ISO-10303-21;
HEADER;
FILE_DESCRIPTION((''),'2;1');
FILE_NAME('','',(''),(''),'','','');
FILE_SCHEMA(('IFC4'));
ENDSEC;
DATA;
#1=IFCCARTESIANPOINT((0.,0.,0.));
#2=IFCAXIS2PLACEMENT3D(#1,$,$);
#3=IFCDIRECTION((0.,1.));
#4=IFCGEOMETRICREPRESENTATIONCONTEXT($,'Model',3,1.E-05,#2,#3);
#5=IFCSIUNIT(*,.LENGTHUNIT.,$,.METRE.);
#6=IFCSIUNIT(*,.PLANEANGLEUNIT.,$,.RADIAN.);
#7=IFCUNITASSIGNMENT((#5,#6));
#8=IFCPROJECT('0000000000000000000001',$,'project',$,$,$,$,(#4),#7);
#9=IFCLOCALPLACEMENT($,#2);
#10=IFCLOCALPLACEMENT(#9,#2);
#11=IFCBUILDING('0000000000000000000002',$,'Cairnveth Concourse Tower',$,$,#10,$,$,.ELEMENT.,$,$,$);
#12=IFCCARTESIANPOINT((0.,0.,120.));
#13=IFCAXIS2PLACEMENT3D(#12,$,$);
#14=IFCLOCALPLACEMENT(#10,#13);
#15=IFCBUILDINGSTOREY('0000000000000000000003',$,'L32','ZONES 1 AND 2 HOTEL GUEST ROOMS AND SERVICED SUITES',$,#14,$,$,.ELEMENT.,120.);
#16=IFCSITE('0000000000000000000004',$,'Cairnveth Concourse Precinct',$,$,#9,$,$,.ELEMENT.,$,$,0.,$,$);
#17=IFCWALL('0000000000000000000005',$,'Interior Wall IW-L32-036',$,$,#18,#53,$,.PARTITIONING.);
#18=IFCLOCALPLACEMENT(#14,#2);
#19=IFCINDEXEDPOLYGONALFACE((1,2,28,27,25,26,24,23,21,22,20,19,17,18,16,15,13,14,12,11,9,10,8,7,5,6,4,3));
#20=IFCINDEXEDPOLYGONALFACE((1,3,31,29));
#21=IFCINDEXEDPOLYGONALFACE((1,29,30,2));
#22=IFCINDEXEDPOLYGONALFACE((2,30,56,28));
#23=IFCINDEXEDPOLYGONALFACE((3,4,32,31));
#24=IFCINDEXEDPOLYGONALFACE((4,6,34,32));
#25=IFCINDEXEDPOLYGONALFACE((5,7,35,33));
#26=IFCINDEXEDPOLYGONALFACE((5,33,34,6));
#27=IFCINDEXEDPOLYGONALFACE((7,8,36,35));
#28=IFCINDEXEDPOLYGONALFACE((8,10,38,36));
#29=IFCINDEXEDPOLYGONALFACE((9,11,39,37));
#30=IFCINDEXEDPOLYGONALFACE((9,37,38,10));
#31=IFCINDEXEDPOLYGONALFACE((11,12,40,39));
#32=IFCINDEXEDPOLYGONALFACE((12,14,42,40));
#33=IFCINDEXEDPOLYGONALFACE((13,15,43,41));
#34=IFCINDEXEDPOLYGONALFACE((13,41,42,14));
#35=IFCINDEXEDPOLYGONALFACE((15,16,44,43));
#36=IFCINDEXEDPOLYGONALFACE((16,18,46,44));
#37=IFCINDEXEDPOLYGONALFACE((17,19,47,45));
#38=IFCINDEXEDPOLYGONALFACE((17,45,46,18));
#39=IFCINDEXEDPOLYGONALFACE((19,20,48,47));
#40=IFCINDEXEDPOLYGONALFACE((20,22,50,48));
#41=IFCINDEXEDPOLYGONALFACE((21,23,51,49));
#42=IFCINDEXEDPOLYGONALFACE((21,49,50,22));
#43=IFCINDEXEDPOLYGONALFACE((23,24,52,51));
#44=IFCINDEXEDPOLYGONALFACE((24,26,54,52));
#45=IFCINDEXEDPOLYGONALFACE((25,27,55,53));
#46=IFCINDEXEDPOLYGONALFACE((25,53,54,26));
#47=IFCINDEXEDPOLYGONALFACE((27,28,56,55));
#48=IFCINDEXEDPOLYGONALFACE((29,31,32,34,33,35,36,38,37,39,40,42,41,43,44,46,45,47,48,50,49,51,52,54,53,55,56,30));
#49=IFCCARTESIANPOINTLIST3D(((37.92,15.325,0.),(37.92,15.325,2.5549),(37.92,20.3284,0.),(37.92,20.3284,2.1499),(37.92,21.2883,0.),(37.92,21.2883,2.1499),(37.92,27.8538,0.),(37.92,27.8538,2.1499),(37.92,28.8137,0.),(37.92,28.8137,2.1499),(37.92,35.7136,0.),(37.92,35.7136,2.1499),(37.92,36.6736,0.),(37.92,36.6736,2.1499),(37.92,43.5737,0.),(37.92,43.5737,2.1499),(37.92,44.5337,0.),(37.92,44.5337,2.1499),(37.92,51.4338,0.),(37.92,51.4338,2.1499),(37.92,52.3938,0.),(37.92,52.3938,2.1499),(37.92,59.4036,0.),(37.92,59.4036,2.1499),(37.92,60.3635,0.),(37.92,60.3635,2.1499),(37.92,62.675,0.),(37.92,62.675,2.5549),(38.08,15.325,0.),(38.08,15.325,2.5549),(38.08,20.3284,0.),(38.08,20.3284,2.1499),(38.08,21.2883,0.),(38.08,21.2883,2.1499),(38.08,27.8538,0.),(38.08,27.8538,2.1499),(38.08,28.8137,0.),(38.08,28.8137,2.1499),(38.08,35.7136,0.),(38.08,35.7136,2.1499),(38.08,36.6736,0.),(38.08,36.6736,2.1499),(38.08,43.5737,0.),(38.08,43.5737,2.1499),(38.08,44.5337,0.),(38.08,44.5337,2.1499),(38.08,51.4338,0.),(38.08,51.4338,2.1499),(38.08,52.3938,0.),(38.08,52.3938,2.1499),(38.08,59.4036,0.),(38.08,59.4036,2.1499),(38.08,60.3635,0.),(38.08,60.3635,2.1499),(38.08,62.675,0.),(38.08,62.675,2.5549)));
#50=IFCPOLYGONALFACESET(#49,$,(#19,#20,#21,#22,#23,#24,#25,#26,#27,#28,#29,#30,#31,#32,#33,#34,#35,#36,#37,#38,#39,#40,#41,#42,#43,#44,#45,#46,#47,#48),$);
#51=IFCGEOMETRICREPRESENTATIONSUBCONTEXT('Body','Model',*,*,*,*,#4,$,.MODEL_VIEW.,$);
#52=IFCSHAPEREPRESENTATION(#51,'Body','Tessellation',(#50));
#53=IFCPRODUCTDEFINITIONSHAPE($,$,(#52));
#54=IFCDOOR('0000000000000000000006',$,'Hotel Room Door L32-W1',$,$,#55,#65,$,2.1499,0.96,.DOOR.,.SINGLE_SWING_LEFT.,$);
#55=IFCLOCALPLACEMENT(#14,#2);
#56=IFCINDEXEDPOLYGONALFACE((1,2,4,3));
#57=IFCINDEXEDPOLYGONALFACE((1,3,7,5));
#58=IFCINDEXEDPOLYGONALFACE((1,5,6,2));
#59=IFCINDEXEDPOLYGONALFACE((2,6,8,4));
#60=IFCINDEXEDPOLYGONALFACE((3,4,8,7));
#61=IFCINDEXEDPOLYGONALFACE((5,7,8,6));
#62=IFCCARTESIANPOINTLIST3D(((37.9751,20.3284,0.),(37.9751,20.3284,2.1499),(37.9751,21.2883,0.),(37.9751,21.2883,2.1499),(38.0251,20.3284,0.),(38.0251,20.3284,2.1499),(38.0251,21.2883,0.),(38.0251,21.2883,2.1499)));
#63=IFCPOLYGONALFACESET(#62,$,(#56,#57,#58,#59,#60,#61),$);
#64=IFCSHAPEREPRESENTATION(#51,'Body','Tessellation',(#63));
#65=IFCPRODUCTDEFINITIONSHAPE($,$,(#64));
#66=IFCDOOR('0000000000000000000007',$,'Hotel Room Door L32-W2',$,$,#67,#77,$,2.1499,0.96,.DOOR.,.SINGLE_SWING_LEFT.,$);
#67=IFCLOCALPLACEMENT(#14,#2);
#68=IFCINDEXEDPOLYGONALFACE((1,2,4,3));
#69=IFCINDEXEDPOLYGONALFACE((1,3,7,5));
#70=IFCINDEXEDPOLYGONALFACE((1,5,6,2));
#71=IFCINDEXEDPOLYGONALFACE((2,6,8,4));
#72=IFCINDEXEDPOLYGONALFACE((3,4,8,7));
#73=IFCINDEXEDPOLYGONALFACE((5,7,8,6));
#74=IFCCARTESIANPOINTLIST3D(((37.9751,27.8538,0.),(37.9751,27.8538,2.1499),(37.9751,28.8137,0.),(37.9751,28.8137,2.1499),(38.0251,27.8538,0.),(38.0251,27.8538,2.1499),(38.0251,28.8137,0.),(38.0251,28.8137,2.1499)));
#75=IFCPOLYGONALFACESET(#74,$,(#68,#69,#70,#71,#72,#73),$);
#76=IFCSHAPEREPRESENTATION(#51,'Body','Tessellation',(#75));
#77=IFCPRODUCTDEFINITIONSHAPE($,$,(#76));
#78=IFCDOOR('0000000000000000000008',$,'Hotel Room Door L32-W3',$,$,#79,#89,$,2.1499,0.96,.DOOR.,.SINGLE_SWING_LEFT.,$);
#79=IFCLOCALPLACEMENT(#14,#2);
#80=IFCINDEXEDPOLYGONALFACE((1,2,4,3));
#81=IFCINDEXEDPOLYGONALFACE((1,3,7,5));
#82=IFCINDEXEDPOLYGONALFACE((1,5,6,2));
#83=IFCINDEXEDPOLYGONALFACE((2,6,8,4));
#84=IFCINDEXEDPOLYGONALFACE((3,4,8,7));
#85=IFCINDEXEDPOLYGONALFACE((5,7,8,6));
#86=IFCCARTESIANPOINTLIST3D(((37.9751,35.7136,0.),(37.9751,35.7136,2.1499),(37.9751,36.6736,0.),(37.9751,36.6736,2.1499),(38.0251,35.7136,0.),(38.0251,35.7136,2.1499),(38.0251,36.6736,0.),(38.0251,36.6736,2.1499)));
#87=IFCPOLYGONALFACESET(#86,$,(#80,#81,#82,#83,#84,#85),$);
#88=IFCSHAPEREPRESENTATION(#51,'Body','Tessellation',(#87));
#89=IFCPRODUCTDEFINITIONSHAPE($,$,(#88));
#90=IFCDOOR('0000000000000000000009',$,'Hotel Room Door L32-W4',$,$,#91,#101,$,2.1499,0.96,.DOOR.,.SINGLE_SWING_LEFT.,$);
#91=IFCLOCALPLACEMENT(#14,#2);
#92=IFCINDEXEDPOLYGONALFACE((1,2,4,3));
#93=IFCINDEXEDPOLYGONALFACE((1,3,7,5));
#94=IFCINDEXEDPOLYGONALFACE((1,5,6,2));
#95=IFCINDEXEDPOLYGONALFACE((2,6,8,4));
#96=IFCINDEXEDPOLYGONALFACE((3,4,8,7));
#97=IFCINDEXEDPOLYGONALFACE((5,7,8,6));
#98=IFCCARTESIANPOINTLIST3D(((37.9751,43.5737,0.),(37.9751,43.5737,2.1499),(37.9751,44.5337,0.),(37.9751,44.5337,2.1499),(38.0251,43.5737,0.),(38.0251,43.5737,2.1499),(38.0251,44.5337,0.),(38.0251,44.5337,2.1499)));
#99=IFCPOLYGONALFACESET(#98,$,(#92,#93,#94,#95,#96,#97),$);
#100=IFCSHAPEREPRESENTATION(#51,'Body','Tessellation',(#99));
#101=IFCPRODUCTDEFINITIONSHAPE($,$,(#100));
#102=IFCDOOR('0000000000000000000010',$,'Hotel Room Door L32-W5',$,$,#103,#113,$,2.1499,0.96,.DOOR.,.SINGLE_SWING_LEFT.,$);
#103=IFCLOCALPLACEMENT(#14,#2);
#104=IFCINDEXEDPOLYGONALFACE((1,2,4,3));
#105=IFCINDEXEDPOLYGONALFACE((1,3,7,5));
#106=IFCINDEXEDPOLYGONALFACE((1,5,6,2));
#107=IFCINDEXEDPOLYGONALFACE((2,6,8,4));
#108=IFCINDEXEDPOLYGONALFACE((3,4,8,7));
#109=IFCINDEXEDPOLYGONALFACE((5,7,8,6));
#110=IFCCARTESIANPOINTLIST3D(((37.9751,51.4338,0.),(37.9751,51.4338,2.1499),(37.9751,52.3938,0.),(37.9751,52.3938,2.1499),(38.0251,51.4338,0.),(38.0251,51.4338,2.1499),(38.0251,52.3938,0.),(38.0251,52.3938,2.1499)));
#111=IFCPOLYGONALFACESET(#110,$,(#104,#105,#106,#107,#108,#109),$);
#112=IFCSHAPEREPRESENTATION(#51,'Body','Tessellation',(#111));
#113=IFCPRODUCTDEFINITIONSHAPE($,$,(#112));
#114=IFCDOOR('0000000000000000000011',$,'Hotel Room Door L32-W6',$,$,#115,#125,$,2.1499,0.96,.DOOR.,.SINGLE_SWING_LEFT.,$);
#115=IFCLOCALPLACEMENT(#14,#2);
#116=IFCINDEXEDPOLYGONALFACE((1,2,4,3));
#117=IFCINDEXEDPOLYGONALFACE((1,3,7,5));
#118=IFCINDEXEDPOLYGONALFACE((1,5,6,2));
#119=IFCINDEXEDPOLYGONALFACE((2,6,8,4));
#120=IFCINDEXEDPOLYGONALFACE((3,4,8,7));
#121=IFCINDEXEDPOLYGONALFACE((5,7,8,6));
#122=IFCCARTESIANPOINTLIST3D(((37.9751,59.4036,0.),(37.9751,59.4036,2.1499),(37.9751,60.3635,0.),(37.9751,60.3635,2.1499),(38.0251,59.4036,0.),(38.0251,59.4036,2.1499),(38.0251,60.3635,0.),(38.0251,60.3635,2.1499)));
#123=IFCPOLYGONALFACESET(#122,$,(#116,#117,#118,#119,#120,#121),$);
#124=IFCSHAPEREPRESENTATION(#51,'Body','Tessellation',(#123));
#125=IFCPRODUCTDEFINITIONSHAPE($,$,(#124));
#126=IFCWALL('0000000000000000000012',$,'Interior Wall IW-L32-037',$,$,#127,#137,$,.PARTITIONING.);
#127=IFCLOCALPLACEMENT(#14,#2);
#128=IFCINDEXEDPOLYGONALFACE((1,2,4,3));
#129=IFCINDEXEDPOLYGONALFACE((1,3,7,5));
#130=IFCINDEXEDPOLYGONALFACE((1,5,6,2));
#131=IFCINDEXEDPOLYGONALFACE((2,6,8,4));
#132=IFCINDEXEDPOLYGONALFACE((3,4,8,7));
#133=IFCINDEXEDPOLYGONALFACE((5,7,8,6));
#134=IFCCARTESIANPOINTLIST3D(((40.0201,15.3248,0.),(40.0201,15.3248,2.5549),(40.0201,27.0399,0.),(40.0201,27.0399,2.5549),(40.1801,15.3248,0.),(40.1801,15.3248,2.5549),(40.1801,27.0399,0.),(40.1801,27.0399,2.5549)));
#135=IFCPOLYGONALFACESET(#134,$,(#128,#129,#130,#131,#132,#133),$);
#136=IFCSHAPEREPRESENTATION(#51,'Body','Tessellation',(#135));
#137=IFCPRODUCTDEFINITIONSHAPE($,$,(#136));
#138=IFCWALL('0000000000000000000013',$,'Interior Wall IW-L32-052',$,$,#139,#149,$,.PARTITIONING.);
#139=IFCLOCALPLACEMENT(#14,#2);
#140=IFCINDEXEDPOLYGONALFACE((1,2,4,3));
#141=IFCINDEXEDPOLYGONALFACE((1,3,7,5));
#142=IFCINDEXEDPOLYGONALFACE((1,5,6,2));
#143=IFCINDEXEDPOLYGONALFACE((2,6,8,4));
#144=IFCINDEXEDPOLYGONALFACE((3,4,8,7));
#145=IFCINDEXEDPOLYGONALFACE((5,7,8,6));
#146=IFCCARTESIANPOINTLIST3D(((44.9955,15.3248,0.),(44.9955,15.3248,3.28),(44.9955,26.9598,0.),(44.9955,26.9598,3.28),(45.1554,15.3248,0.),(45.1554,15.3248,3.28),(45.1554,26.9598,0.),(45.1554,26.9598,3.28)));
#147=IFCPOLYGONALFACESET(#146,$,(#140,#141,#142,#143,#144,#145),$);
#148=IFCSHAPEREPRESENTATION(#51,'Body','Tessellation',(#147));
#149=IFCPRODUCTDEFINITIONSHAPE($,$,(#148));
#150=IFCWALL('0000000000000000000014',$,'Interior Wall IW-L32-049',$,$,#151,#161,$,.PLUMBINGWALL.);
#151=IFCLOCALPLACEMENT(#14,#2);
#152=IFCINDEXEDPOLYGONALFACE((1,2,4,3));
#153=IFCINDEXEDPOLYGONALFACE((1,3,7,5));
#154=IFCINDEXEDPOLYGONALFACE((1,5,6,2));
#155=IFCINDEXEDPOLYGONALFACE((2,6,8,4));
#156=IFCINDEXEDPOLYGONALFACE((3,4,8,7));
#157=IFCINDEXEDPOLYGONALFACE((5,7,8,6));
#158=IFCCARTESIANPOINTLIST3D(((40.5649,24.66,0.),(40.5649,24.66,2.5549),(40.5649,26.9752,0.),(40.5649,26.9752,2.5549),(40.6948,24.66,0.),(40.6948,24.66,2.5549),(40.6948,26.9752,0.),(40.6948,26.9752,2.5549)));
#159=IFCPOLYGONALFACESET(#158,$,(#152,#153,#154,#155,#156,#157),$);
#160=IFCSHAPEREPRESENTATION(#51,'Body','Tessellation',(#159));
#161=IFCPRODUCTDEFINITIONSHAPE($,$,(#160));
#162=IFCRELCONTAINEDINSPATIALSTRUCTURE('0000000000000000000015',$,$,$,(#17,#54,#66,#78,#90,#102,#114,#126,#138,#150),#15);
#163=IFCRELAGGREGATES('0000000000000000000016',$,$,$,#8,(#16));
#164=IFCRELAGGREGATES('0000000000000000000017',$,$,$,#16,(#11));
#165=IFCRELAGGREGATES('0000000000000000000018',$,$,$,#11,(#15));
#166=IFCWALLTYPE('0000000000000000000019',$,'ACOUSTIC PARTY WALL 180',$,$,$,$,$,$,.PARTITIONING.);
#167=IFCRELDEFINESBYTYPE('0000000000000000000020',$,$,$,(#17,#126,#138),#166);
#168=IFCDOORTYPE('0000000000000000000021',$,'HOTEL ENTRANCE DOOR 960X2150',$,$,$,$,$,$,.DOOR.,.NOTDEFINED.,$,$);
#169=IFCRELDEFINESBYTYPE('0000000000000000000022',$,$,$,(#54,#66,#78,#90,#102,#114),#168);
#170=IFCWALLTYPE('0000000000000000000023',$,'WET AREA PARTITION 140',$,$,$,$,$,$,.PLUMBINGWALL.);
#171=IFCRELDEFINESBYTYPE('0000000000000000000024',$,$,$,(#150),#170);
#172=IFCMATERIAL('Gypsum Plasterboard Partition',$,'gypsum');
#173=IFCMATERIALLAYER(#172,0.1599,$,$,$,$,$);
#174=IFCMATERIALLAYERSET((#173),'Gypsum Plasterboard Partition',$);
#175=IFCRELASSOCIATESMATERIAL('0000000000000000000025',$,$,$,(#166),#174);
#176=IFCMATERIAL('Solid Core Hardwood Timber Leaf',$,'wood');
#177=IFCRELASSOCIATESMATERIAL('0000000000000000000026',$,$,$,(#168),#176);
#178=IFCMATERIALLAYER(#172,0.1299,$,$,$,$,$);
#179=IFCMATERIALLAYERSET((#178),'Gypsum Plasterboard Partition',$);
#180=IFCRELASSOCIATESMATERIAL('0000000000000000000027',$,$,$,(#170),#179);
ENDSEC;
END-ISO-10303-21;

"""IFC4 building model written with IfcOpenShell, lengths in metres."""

from ifc_helpers import new_model, si_unit, direction, frame, frame_2d, origin, place, context, subcontext, project, spatial, rectangle, extrude, material, layer, layer_set, type_object, element, fill, save


model = new_model("IFC4")

# Units and contexts
model_context = context("Model", 3, precision=1e-05, world=origin(), true_north=direction((0.0, 1.0)))
body_context = subcontext(model_context, "Body", "Model", "MODEL_VIEW")
ifc_project = project(units=[si_unit("LENGTHUNIT", "METRE"), si_unit("PLANEANGLEUNIT", "RADIAN")], contexts=[model_context])

# Site, building, storey
site_placement = place(None, origin())
site = spatial("IfcSite", under=ifc_project, at=site_placement, Name="Cairnveth Concourse Precinct", CompositionType="ELEMENT", RefElevation=0.0)
building_placement = place(site_placement, origin())
building = spatial("IfcBuilding", under=site, at=building_placement, Name="Cairnveth Concourse Tower", CompositionType="ELEMENT")
storey_placement = place(building_placement, frame((0.0, 0.0, 120.0)))
storey = spatial("IfcBuildingStorey", under=building, at=storey_placement, Name="L32", Description="ZONES 1 AND 2 HOTEL GUEST ROOMS AND SERVICED SUITES", CompositionType="ELEMENT", Elevation=120.0)

# Wall, openings, doors
ifc_material_1 = material(Name="Gypsum Plasterboard Partition", Category="gypsum")
ifc_layer_1 = layer(ifc_material_1, 0.1599)
ifc_layer_set_1 = layer_set([ifc_layer_1], Name="Gypsum Plasterboard Partition")
wall_type_1 = type_object("IfcWallType", Name="ACOUSTIC PARTY WALL 180", PredefinedType="PARTITIONING", material=ifc_layer_set_1)
wall_1_placement = place(storey_placement, frame((38.0, 15.325, 0.0), z_axis=(0.0, 0.0, 1.0), x_axis=(0.0, 1.0, 0.0)))
wall_1 = element("IfcWall", 1, at=wall_1_placement, inside=storey, type_object=wall_type_1, Name="Interior Wall IW-L32-036", PredefinedType="PARTITIONING", context=body_context, shape_type="SweptSolid", body=[
    extrude(rectangle(XDim=47.3501, YDim=0.1599, at=frame_2d((23.675, 0.0))), origin(), (0.0, 0.0, 1.0), 2.5549),
])
opening_1_placement = place(wall_1_placement, frame((5.0034, 0.0, 0.0)))
opening_1 = element("IfcOpeningElement", 2, at=opening_1_placement, cuts=wall_1, PredefinedType="OPENING", context=body_context, shape_type="SweptSolid", body=[
    extrude(rectangle(XDim=0.96, YDim=2.1499, at=frame_2d((0.48, 1.075))), frame((0.0, 0.0898, 0.0), z_axis=(0.0, -1.0, 0.0), x_axis=(1.0, 0.0, 0.0)), (0.0, 0.0, 1.0), 0.1799),
])
opening_2_placement = place(wall_1_placement, frame((12.5288, 0.0, 0.0)))
opening_2 = element("IfcOpeningElement", 3, at=opening_2_placement, cuts=wall_1, PredefinedType="OPENING", context=body_context, shape_type="SweptSolid", body=[
    extrude(rectangle(XDim=0.96, YDim=2.1499, at=frame_2d((0.48, 1.075))), frame((0.0, 0.0898, 0.0), z_axis=(0.0, -1.0, 0.0), x_axis=(1.0, 0.0, 0.0)), (0.0, 0.0, 1.0), 0.1799),
])
opening_3_placement = place(wall_1_placement, frame((20.3887, 0.0, 0.0)))
opening_3 = element("IfcOpeningElement", 4, at=opening_3_placement, cuts=wall_1, PredefinedType="OPENING", context=body_context, shape_type="SweptSolid", body=[
    extrude(rectangle(XDim=0.96, YDim=2.1499, at=frame_2d((0.48, 1.075))), frame((0.0, 0.0898, 0.0), z_axis=(0.0, -1.0, 0.0), x_axis=(1.0, 0.0, 0.0)), (0.0, 0.0, 1.0), 0.1799),
])
opening_4_placement = place(wall_1_placement, frame((28.2488, 0.0, 0.0)))
opening_4 = element("IfcOpeningElement", 5, at=opening_4_placement, cuts=wall_1, PredefinedType="OPENING", context=body_context, shape_type="SweptSolid", body=[
    extrude(rectangle(XDim=0.96, YDim=2.1499, at=frame_2d((0.48, 1.075))), frame((0.0, 0.0898, 0.0), z_axis=(0.0, -1.0, 0.0), x_axis=(1.0, 0.0, 0.0)), (0.0, 0.0, 1.0), 0.1799),
])
opening_5_placement = place(wall_1_placement, frame((36.1089, 0.0, 0.0)))
opening_5 = element("IfcOpeningElement", 6, at=opening_5_placement, cuts=wall_1, PredefinedType="OPENING", context=body_context, shape_type="SweptSolid", body=[
    extrude(rectangle(XDim=0.96, YDim=2.1499, at=frame_2d((0.48, 1.075))), frame((0.0, 0.0898, 0.0), z_axis=(0.0, -1.0, 0.0), x_axis=(1.0, 0.0, 0.0)), (0.0, 0.0, 1.0), 0.1799),
])
opening_6_placement = place(wall_1_placement, frame((44.0786, 0.0, 0.0)))
opening_6 = element("IfcOpeningElement", 7, at=opening_6_placement, cuts=wall_1, PredefinedType="OPENING", context=body_context, shape_type="SweptSolid", body=[
    extrude(rectangle(XDim=0.96, YDim=2.1499, at=frame_2d((0.48, 1.075))), frame((0.0, 0.0898, 0.0), z_axis=(0.0, -1.0, 0.0), x_axis=(1.0, 0.0, 0.0)), (0.0, 0.0, 1.0), 0.1799),
])
ifc_material_2 = material(Name="Solid Core Hardwood Timber Leaf", Category="wood")
door_type_1 = type_object("IfcDoorType", Name="HOTEL ENTRANCE DOOR 960X2150", OperationType="NOTDEFINED", PredefinedType="DOOR", material=ifc_material_2)
door_1_placement = place(opening_1_placement, origin())
door_1 = element("IfcDoor", 8, at=door_1_placement, inside=storey, type_object=door_type_1, Name="Hotel Room Door L32-W1", OperationType="SINGLE_SWING_LEFT", OverallHeight=2.1499, OverallWidth=0.96, PredefinedType="DOOR", context=body_context, shape_type="SweptSolid", body=[
    extrude(rectangle(XDim=0.96, YDim=2.1499, at=frame_2d((0.48, 1.075))), frame((0.0, 0.0249, 0.0), z_axis=(0.0, -1.0, 0.0), x_axis=(1.0, 0.0, 0.0)), (0.0, 0.0, 1.0), 0.05),
])
fill(opening_1, door_1)
door_2_placement = place(opening_2_placement, origin())
door_2 = element("IfcDoor", 9, at=door_2_placement, inside=storey, type_object=door_type_1, Name="Hotel Room Door L32-W2", OperationType="SINGLE_SWING_LEFT", OverallHeight=2.1499, OverallWidth=0.96, PredefinedType="DOOR", context=body_context, shape_type="SweptSolid", body=[
    extrude(rectangle(XDim=0.96, YDim=2.1499, at=frame_2d((0.48, 1.075))), frame((0.0, 0.0249, 0.0), z_axis=(0.0, -1.0, 0.0), x_axis=(1.0, 0.0, 0.0)), (0.0, 0.0, 1.0), 0.05),
])
fill(opening_2, door_2)
door_3_placement = place(opening_3_placement, origin())
door_3 = element("IfcDoor", 10, at=door_3_placement, inside=storey, type_object=door_type_1, Name="Hotel Room Door L32-W3", OperationType="SINGLE_SWING_LEFT", OverallHeight=2.1499, OverallWidth=0.96, PredefinedType="DOOR", context=body_context, shape_type="SweptSolid", body=[
    extrude(rectangle(XDim=0.96, YDim=2.1499, at=frame_2d((0.48, 1.075))), frame((0.0, 0.0249, 0.0), z_axis=(0.0, -1.0, 0.0), x_axis=(1.0, 0.0, 0.0)), (0.0, 0.0, 1.0), 0.05),
])
fill(opening_3, door_3)
door_4_placement = place(opening_4_placement, origin())
door_4 = element("IfcDoor", 11, at=door_4_placement, inside=storey, type_object=door_type_1, Name="Hotel Room Door L32-W4", OperationType="SINGLE_SWING_LEFT", OverallHeight=2.1499, OverallWidth=0.96, PredefinedType="DOOR", context=body_context, shape_type="SweptSolid", body=[
    extrude(rectangle(XDim=0.96, YDim=2.1499, at=frame_2d((0.48, 1.075))), frame((0.0, 0.0249, 0.0), z_axis=(0.0, -1.0, 0.0), x_axis=(1.0, 0.0, 0.0)), (0.0, 0.0, 1.0), 0.05),
])
fill(opening_4, door_4)
door_5_placement = place(opening_5_placement, origin())
door_5 = element("IfcDoor", 12, at=door_5_placement, inside=storey, type_object=door_type_1, Name="Hotel Room Door L32-W5", OperationType="SINGLE_SWING_LEFT", OverallHeight=2.1499, OverallWidth=0.96, PredefinedType="DOOR", context=body_context, shape_type="SweptSolid", body=[
    extrude(rectangle(XDim=0.96, YDim=2.1499, at=frame_2d((0.48, 1.075))), frame((0.0, 0.0249, 0.0), z_axis=(0.0, -1.0, 0.0), x_axis=(1.0, 0.0, 0.0)), (0.0, 0.0, 1.0), 0.05),
])
fill(opening_5, door_5)
door_6_placement = place(opening_6_placement, origin())
door_6 = element("IfcDoor", 13, at=door_6_placement, inside=storey, type_object=door_type_1, Name="Hotel Room Door L32-W6", OperationType="SINGLE_SWING_LEFT", OverallHeight=2.1499, OverallWidth=0.96, PredefinedType="DOOR", context=body_context, shape_type="SweptSolid", body=[
    extrude(rectangle(XDim=0.96, YDim=2.1499, at=frame_2d((0.48, 1.075))), frame((0.0, 0.0249, 0.0), z_axis=(0.0, -1.0, 0.0), x_axis=(1.0, 0.0, 0.0)), (0.0, 0.0, 1.0), 0.05),
])
fill(opening_6, door_6)

# Walls
wall_2_placement = place(storey_placement, frame((40.1001, 15.325, 0.0), z_axis=(0.0, 0.0, 1.0), x_axis=(0.0, 1.0, 0.0)))
element("IfcWall", 14, at=wall_2_placement, inside=storey, type_object=wall_type_1, Name="Interior Wall IW-L32-037", PredefinedType="PARTITIONING", context=body_context, shape_type="SweptSolid", body=[
    extrude(rectangle(XDim=11.7151, YDim=0.1599, at=frame_2d((5.8574, 0.0))), origin(), (0.0, 0.0, 1.0), 2.5549),
])
wall_3_placement = place(storey_placement, frame((45.0754, 15.325, 0.0), z_axis=(0.0, 0.0, 1.0), x_axis=(0.0, 1.0, 0.0)))
element("IfcWall", 15, at=wall_3_placement, inside=storey, type_object=wall_type_1, Name="Interior Wall IW-L32-052", PredefinedType="PARTITIONING", context=body_context, shape_type="SweptSolid", body=[
    extrude(rectangle(XDim=11.635, YDim=0.1599, at=frame_2d((5.8174, 0.0))), origin(), (0.0, 0.0, 1.0), 3.28),
])
ifc_layer_2 = layer(ifc_material_1, 0.1299)
ifc_layer_set_2 = layer_set([ifc_layer_2], Name="Gypsum Plasterboard Partition")
wall_type_2 = type_object("IfcWallType", Name="WET AREA PARTITION 140", PredefinedType="PLUMBINGWALL", material=ifc_layer_set_2)
wall_4_placement = place(storey_placement, frame((40.6299, 24.6599, 0.0), z_axis=(0.0, 0.0, 1.0), x_axis=(0.0, 1.0, 0.0)))
element("IfcWall", 16, at=wall_4_placement, inside=storey, type_object=wall_type_2, Name="Interior Wall IW-L32-049", PredefinedType="PLUMBINGWALL", context=body_context, shape_type="SweptSolid", body=[
    extrude(rectangle(XDim=2.3152, YDim=0.1299, at=frame_2d((1.1577, 0.0))), origin(), (0.0, 0.0, 1.0), 2.5549),
])

save(model, "model.ifc")
